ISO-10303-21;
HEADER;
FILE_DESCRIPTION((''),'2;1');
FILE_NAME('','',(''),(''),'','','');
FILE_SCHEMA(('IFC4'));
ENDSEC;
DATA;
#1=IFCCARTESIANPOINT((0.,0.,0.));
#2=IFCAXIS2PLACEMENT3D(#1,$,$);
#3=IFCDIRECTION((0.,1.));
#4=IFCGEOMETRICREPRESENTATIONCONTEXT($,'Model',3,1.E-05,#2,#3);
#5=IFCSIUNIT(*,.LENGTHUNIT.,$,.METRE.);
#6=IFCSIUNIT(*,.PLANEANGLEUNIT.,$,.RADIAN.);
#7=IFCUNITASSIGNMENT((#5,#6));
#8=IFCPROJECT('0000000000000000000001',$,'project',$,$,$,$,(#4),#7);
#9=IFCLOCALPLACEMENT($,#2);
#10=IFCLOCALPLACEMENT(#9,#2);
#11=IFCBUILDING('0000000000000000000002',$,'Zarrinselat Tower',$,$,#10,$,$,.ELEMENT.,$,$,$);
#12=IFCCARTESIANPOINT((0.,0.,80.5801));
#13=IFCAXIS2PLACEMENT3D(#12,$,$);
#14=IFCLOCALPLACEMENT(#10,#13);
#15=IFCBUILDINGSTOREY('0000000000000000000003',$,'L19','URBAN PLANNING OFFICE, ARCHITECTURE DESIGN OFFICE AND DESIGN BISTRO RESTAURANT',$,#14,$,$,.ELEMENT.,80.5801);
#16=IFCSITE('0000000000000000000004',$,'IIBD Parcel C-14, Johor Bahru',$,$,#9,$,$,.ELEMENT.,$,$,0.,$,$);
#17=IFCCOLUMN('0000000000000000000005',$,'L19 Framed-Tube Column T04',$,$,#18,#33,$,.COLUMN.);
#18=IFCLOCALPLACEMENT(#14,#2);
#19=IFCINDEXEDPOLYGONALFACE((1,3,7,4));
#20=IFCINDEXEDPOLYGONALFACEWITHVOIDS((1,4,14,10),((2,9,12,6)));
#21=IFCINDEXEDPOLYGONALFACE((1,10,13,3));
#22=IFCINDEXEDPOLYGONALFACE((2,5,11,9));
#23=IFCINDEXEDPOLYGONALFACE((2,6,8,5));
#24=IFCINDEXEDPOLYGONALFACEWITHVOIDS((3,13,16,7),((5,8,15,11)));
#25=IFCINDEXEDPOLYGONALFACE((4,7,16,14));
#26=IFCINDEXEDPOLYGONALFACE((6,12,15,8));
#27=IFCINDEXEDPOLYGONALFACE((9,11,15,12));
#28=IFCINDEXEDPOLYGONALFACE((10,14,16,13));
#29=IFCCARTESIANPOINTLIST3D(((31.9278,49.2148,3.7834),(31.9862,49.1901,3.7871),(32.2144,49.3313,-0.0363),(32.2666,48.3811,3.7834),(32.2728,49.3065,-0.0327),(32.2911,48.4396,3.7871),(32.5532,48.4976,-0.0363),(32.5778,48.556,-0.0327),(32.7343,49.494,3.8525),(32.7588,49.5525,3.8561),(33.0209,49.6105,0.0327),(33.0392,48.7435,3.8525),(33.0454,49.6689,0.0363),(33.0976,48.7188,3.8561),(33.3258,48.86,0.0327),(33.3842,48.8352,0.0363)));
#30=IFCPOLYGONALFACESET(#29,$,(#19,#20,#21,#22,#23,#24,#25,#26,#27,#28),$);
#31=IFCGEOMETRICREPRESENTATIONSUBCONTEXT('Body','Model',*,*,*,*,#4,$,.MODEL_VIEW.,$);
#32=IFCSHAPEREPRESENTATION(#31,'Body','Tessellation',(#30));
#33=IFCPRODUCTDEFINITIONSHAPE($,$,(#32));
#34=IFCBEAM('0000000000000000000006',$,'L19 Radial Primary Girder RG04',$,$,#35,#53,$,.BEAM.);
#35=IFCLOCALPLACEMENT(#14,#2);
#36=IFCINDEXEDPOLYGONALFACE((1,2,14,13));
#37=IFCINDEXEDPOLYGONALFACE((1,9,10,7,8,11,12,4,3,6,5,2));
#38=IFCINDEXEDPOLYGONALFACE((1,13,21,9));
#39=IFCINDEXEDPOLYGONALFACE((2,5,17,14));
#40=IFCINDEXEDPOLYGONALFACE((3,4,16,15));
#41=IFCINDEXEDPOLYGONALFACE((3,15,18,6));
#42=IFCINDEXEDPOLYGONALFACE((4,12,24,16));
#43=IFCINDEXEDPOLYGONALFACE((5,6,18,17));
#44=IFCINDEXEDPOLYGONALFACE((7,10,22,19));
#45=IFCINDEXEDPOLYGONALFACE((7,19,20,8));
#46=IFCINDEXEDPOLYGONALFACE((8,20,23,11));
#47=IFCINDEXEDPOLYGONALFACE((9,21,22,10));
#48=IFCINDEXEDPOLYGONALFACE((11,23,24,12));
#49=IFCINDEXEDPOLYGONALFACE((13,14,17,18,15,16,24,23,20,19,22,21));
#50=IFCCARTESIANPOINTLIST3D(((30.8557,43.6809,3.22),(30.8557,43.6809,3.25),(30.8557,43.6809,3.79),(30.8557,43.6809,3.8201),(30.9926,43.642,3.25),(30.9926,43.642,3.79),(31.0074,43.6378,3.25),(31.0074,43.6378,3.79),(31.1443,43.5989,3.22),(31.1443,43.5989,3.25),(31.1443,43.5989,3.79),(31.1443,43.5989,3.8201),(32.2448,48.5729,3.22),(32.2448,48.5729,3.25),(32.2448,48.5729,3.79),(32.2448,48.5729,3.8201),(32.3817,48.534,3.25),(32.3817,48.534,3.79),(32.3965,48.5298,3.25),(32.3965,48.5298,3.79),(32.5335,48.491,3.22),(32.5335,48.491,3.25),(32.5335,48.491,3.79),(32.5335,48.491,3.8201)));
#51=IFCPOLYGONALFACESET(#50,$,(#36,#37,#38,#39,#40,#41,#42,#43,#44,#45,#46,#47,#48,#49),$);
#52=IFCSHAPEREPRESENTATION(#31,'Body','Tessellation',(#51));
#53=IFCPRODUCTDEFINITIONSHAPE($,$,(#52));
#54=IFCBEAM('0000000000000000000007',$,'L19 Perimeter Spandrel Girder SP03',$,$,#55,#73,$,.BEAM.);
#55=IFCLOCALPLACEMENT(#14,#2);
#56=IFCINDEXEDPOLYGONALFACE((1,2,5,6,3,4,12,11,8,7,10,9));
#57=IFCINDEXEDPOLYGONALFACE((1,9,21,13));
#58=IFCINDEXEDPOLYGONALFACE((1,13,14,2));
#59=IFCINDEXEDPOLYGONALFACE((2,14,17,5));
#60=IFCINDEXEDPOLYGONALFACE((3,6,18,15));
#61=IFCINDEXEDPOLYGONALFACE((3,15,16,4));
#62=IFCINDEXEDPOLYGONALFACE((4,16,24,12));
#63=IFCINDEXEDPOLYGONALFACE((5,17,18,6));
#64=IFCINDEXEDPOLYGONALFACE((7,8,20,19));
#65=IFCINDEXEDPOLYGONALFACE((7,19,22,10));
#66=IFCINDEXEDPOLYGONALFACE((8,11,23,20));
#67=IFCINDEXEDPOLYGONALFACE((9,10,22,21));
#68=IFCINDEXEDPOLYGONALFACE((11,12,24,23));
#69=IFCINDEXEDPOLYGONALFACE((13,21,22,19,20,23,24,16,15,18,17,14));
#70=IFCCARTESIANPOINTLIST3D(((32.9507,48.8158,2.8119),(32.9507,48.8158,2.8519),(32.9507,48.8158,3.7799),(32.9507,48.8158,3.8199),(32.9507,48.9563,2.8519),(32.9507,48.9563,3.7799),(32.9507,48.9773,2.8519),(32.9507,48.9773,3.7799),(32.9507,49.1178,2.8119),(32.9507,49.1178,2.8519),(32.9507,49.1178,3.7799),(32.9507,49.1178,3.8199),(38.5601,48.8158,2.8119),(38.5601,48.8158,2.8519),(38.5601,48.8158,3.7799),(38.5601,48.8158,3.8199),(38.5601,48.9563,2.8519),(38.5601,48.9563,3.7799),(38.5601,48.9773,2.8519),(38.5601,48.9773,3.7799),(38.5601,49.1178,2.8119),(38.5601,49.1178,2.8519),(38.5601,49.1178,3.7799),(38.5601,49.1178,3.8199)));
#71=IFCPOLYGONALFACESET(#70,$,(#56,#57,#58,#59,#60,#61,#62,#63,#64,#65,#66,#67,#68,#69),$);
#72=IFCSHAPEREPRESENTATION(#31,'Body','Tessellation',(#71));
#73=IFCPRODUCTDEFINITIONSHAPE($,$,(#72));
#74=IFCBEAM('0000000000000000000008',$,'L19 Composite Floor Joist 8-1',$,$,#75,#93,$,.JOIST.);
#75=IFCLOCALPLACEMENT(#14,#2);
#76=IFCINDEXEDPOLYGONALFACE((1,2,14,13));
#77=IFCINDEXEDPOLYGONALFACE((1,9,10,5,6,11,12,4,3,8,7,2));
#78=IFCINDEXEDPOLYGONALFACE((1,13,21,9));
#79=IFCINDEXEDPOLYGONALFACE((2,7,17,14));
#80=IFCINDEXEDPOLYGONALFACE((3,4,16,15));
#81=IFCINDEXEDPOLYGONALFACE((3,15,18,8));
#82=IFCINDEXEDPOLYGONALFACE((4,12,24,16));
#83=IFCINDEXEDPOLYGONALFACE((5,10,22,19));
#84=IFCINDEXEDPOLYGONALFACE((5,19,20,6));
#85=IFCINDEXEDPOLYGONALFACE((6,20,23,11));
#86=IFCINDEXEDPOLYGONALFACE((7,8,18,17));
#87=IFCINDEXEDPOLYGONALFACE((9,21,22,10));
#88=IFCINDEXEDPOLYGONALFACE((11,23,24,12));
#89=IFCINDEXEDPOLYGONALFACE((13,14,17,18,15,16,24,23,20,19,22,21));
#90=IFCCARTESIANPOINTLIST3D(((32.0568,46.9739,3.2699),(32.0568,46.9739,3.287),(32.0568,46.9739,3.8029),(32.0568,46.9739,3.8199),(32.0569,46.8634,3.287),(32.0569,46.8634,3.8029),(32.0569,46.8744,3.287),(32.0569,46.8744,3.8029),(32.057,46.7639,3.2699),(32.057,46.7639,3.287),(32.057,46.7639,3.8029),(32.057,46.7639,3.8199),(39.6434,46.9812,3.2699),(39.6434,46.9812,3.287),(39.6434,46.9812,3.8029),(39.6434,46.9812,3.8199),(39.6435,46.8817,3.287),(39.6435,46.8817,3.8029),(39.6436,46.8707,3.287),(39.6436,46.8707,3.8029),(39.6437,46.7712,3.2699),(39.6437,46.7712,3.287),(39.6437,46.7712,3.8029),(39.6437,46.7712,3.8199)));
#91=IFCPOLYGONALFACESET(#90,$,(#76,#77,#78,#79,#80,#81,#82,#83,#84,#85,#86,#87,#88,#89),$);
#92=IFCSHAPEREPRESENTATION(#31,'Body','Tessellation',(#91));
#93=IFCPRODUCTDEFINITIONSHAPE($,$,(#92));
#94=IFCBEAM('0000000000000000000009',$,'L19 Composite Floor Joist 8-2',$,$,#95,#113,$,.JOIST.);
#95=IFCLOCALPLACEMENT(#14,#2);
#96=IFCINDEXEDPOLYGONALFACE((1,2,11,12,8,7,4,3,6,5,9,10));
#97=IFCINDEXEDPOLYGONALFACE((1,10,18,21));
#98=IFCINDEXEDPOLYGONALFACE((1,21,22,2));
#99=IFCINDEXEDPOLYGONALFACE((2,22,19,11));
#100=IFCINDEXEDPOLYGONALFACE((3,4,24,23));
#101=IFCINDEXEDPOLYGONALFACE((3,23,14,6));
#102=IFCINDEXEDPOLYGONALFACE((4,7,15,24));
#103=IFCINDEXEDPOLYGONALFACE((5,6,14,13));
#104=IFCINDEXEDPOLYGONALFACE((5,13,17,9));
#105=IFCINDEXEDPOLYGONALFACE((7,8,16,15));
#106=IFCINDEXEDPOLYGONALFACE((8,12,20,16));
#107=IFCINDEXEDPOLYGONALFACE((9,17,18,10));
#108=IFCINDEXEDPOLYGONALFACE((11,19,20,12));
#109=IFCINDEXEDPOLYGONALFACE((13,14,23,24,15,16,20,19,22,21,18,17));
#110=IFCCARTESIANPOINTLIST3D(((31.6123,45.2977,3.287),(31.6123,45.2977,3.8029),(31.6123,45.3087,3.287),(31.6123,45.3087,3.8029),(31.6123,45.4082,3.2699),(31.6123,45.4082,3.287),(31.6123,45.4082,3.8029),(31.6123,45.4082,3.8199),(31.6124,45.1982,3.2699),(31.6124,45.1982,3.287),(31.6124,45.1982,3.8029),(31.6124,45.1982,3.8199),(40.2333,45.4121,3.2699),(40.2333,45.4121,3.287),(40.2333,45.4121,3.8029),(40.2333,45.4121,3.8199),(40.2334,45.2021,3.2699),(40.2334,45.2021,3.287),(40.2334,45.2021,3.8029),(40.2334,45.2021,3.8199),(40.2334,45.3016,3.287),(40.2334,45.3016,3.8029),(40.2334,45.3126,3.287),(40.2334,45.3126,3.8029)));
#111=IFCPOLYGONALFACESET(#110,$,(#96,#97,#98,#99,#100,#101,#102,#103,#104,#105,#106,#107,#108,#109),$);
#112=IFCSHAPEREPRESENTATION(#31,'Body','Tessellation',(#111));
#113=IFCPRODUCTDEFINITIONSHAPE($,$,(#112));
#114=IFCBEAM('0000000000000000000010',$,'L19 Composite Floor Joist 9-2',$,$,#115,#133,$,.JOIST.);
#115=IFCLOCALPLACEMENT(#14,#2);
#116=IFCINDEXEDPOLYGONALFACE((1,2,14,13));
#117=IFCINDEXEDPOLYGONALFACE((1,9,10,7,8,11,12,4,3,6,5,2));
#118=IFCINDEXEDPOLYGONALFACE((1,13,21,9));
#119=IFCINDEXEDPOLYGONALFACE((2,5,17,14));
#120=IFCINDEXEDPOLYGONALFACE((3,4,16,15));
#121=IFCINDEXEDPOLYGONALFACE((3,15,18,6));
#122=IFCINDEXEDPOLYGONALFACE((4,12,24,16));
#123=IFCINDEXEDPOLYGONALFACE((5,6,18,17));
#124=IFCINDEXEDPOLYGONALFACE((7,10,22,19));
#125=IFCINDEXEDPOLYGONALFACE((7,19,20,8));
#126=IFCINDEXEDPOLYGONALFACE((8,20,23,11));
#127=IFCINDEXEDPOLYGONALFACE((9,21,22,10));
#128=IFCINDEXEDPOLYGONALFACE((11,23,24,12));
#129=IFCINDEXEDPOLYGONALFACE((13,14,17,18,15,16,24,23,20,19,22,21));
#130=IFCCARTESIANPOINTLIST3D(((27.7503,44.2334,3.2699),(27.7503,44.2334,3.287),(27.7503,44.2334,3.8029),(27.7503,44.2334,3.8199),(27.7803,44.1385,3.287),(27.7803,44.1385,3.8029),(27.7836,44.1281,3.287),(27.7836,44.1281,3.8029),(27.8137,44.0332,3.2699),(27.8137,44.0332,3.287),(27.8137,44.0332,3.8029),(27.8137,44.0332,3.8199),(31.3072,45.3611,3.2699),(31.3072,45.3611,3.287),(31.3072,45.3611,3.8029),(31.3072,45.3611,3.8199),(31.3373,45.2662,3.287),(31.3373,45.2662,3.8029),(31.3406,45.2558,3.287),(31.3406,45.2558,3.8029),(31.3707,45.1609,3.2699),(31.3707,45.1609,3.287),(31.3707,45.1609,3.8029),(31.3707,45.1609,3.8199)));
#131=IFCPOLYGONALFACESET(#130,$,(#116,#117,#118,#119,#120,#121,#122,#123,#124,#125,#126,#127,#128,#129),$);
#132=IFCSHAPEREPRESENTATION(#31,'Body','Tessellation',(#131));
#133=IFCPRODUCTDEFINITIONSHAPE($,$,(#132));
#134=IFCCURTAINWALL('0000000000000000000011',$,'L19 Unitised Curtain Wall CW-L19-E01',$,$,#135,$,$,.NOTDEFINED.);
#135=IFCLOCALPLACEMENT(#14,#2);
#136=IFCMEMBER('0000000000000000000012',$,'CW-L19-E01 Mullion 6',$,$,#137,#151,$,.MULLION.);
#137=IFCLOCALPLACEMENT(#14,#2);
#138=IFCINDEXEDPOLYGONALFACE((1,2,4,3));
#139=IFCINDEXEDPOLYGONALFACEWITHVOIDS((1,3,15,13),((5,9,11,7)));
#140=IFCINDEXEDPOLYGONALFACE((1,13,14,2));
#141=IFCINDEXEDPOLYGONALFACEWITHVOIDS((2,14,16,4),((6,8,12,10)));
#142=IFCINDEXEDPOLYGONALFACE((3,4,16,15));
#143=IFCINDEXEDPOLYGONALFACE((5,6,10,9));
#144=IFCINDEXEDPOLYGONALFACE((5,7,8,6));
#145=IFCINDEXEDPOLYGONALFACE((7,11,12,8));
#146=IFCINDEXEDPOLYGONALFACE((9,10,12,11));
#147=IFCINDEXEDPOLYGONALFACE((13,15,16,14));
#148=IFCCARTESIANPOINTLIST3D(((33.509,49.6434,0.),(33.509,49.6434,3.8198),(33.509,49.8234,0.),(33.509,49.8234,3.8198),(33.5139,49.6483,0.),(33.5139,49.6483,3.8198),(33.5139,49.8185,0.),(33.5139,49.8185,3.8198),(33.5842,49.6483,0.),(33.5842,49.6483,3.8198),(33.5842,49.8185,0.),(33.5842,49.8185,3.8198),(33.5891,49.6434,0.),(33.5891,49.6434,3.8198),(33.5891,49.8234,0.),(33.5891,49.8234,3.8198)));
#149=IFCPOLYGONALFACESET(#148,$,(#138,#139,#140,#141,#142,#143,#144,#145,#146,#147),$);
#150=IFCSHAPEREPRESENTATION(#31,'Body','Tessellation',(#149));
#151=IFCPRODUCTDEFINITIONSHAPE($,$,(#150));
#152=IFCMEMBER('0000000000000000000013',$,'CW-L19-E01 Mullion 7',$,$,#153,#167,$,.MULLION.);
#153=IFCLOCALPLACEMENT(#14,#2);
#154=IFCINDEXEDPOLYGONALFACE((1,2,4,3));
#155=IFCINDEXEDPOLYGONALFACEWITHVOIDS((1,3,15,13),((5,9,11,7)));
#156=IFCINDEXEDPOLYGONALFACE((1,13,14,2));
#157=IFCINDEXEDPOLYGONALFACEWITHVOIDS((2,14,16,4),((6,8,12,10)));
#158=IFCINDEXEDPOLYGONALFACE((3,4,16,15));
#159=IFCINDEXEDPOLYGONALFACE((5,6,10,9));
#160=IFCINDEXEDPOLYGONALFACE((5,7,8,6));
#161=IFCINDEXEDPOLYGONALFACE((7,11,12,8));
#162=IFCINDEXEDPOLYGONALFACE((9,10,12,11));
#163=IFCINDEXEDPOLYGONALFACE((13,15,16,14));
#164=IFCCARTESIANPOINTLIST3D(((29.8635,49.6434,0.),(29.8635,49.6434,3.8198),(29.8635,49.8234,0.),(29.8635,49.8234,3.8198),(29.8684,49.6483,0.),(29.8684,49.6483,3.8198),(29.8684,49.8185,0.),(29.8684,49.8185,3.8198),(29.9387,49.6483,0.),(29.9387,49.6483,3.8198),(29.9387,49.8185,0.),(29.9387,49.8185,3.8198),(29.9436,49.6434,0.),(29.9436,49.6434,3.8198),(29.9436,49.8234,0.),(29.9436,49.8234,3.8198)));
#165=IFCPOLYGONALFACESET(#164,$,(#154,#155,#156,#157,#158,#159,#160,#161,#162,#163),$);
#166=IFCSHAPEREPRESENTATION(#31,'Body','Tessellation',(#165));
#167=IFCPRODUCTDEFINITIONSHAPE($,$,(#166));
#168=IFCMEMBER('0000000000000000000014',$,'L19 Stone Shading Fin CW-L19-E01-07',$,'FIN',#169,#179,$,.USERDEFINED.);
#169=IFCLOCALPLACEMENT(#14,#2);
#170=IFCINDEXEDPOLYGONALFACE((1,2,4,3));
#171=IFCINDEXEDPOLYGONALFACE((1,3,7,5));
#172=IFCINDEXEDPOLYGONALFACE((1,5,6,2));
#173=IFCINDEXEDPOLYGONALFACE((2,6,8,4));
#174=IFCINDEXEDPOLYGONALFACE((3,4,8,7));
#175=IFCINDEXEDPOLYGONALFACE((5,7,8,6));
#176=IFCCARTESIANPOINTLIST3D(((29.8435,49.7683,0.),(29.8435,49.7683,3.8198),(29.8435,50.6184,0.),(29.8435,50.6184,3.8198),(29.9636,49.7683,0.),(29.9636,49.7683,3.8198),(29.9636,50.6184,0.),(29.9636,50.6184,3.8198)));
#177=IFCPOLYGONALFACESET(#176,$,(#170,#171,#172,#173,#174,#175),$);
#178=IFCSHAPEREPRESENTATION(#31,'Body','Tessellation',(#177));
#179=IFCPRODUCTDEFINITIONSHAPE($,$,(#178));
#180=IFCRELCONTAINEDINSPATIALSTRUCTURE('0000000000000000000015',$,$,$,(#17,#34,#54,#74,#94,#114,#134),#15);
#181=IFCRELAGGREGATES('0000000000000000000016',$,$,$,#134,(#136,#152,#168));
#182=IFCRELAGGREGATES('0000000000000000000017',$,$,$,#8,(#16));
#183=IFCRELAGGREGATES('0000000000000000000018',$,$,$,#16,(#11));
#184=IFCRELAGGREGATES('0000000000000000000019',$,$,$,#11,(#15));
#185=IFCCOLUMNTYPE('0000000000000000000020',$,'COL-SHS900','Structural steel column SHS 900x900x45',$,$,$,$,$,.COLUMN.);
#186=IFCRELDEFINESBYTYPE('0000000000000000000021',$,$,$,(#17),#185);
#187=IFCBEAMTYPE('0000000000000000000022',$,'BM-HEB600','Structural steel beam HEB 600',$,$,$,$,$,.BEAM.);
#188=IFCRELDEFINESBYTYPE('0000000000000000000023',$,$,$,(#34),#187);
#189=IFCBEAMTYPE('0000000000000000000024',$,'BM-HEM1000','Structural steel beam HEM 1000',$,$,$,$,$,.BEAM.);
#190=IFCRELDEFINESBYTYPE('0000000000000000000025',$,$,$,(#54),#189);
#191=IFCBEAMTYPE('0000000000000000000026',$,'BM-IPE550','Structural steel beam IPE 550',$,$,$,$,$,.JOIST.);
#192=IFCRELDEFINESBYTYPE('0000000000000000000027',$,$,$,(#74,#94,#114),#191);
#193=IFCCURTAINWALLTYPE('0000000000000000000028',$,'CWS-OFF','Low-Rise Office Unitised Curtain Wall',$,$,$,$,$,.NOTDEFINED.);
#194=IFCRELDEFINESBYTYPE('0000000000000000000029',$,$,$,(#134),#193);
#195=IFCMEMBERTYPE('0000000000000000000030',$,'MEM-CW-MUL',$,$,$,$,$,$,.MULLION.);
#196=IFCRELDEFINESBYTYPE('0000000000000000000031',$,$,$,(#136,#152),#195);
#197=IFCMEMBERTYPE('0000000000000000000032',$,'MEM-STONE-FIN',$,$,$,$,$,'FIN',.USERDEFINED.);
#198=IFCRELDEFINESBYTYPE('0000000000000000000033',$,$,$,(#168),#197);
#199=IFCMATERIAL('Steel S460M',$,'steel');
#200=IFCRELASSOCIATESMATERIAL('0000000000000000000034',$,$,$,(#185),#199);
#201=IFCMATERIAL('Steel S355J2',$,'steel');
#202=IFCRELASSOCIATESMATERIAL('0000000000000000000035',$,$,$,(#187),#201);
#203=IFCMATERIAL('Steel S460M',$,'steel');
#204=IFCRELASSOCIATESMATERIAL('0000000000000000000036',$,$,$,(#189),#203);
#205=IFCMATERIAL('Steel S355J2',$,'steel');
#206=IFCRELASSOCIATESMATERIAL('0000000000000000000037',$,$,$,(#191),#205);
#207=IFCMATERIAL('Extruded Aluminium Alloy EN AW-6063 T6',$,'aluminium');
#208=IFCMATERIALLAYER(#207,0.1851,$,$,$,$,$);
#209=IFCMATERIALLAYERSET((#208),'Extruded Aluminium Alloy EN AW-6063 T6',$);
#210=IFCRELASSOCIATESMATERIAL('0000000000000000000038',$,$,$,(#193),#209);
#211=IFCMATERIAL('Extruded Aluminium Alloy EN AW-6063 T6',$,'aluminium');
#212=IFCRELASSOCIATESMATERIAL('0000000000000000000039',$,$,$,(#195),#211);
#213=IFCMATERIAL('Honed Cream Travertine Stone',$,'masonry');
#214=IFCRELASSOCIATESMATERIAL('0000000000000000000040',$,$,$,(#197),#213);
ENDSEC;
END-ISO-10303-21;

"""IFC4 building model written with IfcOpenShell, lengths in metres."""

from ifc_helpers import new_model, si_unit, direction, frame, origin, origin_2d, place, context, subcontext, project, spatial, rectangle, hollow_rectangle, i_section, extrude, material, layer, layer_set, material_profile, profile_set, type_object, element, aggregate, save


model = new_model("IFC4")

# Units and contexts
model_context = context("Model", 3, precision=1e-05, world=origin(), true_north=direction((0.0, 1.0)))
body_context = subcontext(model_context, "Body", "Model", "MODEL_VIEW")
ifc_project = project(units=[si_unit("LENGTHUNIT", "METRE"), si_unit("PLANEANGLEUNIT", "RADIAN")], contexts=[model_context])

# Site, building, storey
site_placement = place(None, origin())
site = spatial("IfcSite", under=ifc_project, at=site_placement, Name="IIBD Parcel C-14, Johor Bahru", CompositionType="ELEMENT", RefElevation=0.0)
building_placement = place(site_placement, origin())
building = spatial("IfcBuilding", under=site, at=building_placement, Name="Zarrinselat Tower", CompositionType="ELEMENT")
storey_placement = place(building_placement, frame((0.0, 0.0, 80.5801)))
storey = spatial("IfcBuildingStorey", under=building, at=storey_placement, Name="L19", Description="URBAN PLANNING OFFICE, ARCHITECTURE DESIGN OFFICE AND DESIGN BISTRO RESTAURANT", CompositionType="ELEMENT", Elevation=80.5801)

# Column
ifc_material_1 = material(Name="Steel S460M", Category="steel")
ifc_material_profile_1 = material_profile(ifc_material_1, hollow_rectangle(XDim=0.8999, YDim=0.8999, WallThickness=0.0449, at=origin_2d()), Name="SHS 900x900x45")
ifc_profile_set_1 = profile_set([ifc_material_profile_1], Name="Steel S460M")
column_type = type_object("IfcColumnType", Name="COL-SHS900", Description="Structural steel column SHS 900x900x45", PredefinedType="COLUMN", material=ifc_profile_set_1)
column_placement = place(storey_placement, frame((32.7993, 49.0833, 0.0), z_axis=(-0.07479, -0.030388, 0.996736), x_axis=(0.376419, -0.926449, 0.0)))
element("IfcColumn", 1, at=column_placement, inside=storey, type_object=column_type, Name="L19 Framed-Tube Column T04", PredefinedType="COLUMN", context=body_context, shape_type="SweptSolid", body=[
    extrude(hollow_rectangle(XDim=0.8999, YDim=0.8999, WallThickness=0.0449, at=origin_2d()), origin(), (0.0, 0.0, 1.0), 3.8323),
])

# Beams
ifc_material_2 = material(Name="Steel S355J2", Category="steel")
ifc_material_profile_2 = material_profile(ifc_material_2, i_section(OverallWidth=0.3, OverallDepth=0.6001, WebThickness=0.0154, FlangeThickness=0.03, at=origin_2d()), Name="HEB 600")
ifc_profile_set_2 = profile_set([ifc_material_profile_2], Name="Steel S355J2")
beam_type_1 = type_object("IfcBeamType", Name="BM-HEB600", Description="Structural steel beam HEB 600", PredefinedType="BEAM", material=ifc_profile_set_2)
beam_1_placement = place(storey_placement, frame((31.0, 43.6399, 3.52), z_axis=(0.273161, 0.961968, 0.0), x_axis=(-0.961968, 0.273161, 0.0)))
element("IfcBeam", 2, at=beam_1_placement, inside=storey, type_object=beam_type_1, Name="L19 Radial Primary Girder RG04", PredefinedType="BEAM", context=body_context, shape_type="SweptSolid", body=[
    extrude(i_section(OverallWidth=0.3, OverallDepth=0.6001, WebThickness=0.0154, FlangeThickness=0.03, at=origin_2d()), origin(), (0.0, 0.0, 1.0), 5.0854),
])
ifc_material_3 = material(Name="Steel S460M", Category="steel")
ifc_material_profile_3 = material_profile(ifc_material_3, i_section(OverallWidth=0.302, OverallDepth=1.0081, WebThickness=0.021, FlangeThickness=0.04, at=origin_2d()), Name="HEM 1000")
ifc_profile_set_3 = profile_set([ifc_material_profile_3], Name="Steel S460M")
beam_type_2 = type_object("IfcBeamType", Name="BM-HEM1000", Description="Structural steel beam HEM 1000", PredefinedType="BEAM", material=ifc_profile_set_3)
beam_2_placement = place(storey_placement, frame((32.9507, 48.9668, 3.3159), z_axis=(1.0, 0.0, 0.0), x_axis=(0.0, 1.0, 0.0)))
element("IfcBeam", 3, at=beam_2_placement, inside=storey, type_object=beam_type_2, Name="L19 Perimeter Spandrel Girder SP03", PredefinedType="BEAM", context=body_context, shape_type="SweptSolid", body=[
    extrude(i_section(OverallWidth=0.302, OverallDepth=1.0081, WebThickness=0.021, FlangeThickness=0.04, at=origin_2d()), origin(), (0.0, 0.0, 1.0), 5.6094),
])
ifc_material_4 = material(Name="Steel S355J2", Category="steel")
ifc_material_profile_4 = material_profile(ifc_material_4, i_section(OverallWidth=0.21, OverallDepth=0.55, WebThickness=0.011, FlangeThickness=0.0171, at=origin_2d()), Name="IPE 550")
ifc_profile_set_4 = profile_set([ifc_material_profile_4], Name="Steel S355J2")
beam_type_3 = type_object("IfcBeamType", Name="BM-IPE550", Description="Structural steel beam IPE 550", PredefinedType="JOIST", material=ifc_profile_set_4)
beam_3_placement = place(storey_placement, frame((32.0569, 46.8689, 3.5449), z_axis=(1.0, 0.000965, 0.0), x_axis=(-0.000965, 1.0, 0.0)))
element("IfcBeam", 4, at=beam_3_placement, inside=storey, type_object=beam_type_3, Name="L19 Composite Floor Joist 8-1", PredefinedType="JOIST", context=body_context, shape_type="SweptSolid", body=[
    extrude(i_section(OverallWidth=0.21, OverallDepth=0.55, WebThickness=0.011, FlangeThickness=0.0171, at=origin_2d()), origin(), (0.0, 0.0, 1.0), 7.5867),
])
beam_4_placement = place(storey_placement, frame((31.6123, 45.3032, 3.5449), z_axis=(1.0, 0.000453, 0.0), x_axis=(-0.000453, 1.0, 0.0)))
element("IfcBeam", 5, at=beam_4_placement, inside=storey, type_object=beam_type_3, Name="L19 Composite Floor Joist 8-2", PredefinedType="JOIST", context=body_context, shape_type="SweptSolid", body=[
    extrude(i_section(OverallWidth=0.21, OverallDepth=0.55, WebThickness=0.011, FlangeThickness=0.0171, at=origin_2d()), origin(), (0.0, 0.0, 1.0), 8.6211),
])
beam_5_placement = place(storey_placement, frame((27.782, 44.1333, 3.5449), z_axis=(0.953239, 0.302218, 0.0), x_axis=(-0.302218, 0.953239, 0.0)))
element("IfcBeam", 6, at=beam_5_placement, inside=storey, type_object=beam_type_3, Name="L19 Composite Floor Joist 9-2", PredefinedType="JOIST", context=body_context, shape_type="SweptSolid", body=[
    extrude(i_section(OverallWidth=0.21, OverallDepth=0.55, WebThickness=0.011, FlangeThickness=0.0171, at=origin_2d()), origin(), (0.0, 0.0, 1.0), 3.7314),
])

# Curtain wall, members
ifc_material_5 = material(Name="Extruded Aluminium Alloy EN AW-6063 T6", Category="aluminium")
ifc_layer_1 = layer(ifc_material_5, 0.1851)
ifc_layer_set_1 = layer_set([ifc_layer_1], Name="Extruded Aluminium Alloy EN AW-6063 T6")
curtain_wall_type = type_object("IfcCurtainWallType", Name="CWS-OFF", Description="Low-Rise Office Unitised Curtain Wall", PredefinedType="NOTDEFINED", material=ifc_layer_set_1)
curtain_wall_placement = place(storey_placement, origin())
curtain_wall = element("IfcCurtainWall", 7, at=curtain_wall_placement, inside=storey, type_object=curtain_wall_type, Name="L19 Unitised Curtain Wall CW-L19-E01", PredefinedType="NOTDEFINED")
ifc_material_6 = material(Name="Extruded Aluminium Alloy EN AW-6063 T6", Category="aluminium")
ifc_material_profile_5 = material_profile(ifc_material_6, hollow_rectangle(XDim=0.0801, YDim=0.1799, WallThickness=0.0049, at=origin_2d()), Name="RHS 180x80x5")
ifc_profile_set_5 = profile_set([ifc_material_profile_5], Name="Extruded Aluminium Alloy EN AW-6063 T6")
member_type_1 = type_object("IfcMemberType", Name="MEM-CW-MUL", PredefinedType="MULLION", material=ifc_profile_set_5)
member_1_placement = place(storey_placement, frame((33.5491, 49.7334, 0.0), z_axis=(0.0, 0.0, 1.0), x_axis=(-1.0, 0.0, 0.0)))
member_1 = element("IfcMember", 8, at=member_1_placement, type_object=member_type_1, Name="CW-L19-E01 Mullion 6", PredefinedType="MULLION", context=body_context, shape_type="SweptSolid", body=[
    extrude(hollow_rectangle(XDim=0.0801, YDim=0.1799, WallThickness=0.0049, at=origin_2d()), origin(), (0.0, 0.0, 1.0), 3.8198),
])
member_2_placement = place(storey_placement, frame((29.9036, 49.7334, 0.0), z_axis=(0.0, 0.0, 1.0), x_axis=(-1.0, 0.0, 0.0)))
member_2 = element("IfcMember", 9, at=member_2_placement, type_object=member_type_1, Name="CW-L19-E01 Mullion 7", PredefinedType="MULLION", context=body_context, shape_type="SweptSolid", body=[
    extrude(hollow_rectangle(XDim=0.0801, YDim=0.1799, WallThickness=0.0049, at=origin_2d()), origin(), (0.0, 0.0, 1.0), 3.8198),
])
ifc_material_7 = material(Name="Honed Cream Travertine Stone", Category="masonry")
ifc_material_profile_6 = material_profile(ifc_material_7, rectangle(XDim=0.1201, YDim=0.8501, at=origin_2d()), Name="FIN 850x120")
ifc_profile_set_6 = profile_set([ifc_material_profile_6], Name="Honed Cream Travertine Stone")
member_type_2 = type_object("IfcMemberType", Name="MEM-STONE-FIN", ElementType="FIN", PredefinedType="USERDEFINED", material=ifc_profile_set_6)
member_3_placement = place(storey_placement, frame((29.9036, 50.1934, 0.0), z_axis=(0.0, 0.0, 1.0), x_axis=(1.0, 0.0, 0.0)))
member_3 = element("IfcMember", 10, at=member_3_placement, type_object=member_type_2, Name="L19 Stone Shading Fin CW-L19-E01-07", ObjectType="FIN", PredefinedType="USERDEFINED", context=body_context, shape_type="SweptSolid", body=[
    extrude(rectangle(XDim=0.1201, YDim=0.8501, at=origin_2d()), origin(), (0.0, 0.0, 1.0), 3.8198),
])
aggregate(curtain_wall, [member_1, member_2, member_3])

save(model, "model.ifc")
